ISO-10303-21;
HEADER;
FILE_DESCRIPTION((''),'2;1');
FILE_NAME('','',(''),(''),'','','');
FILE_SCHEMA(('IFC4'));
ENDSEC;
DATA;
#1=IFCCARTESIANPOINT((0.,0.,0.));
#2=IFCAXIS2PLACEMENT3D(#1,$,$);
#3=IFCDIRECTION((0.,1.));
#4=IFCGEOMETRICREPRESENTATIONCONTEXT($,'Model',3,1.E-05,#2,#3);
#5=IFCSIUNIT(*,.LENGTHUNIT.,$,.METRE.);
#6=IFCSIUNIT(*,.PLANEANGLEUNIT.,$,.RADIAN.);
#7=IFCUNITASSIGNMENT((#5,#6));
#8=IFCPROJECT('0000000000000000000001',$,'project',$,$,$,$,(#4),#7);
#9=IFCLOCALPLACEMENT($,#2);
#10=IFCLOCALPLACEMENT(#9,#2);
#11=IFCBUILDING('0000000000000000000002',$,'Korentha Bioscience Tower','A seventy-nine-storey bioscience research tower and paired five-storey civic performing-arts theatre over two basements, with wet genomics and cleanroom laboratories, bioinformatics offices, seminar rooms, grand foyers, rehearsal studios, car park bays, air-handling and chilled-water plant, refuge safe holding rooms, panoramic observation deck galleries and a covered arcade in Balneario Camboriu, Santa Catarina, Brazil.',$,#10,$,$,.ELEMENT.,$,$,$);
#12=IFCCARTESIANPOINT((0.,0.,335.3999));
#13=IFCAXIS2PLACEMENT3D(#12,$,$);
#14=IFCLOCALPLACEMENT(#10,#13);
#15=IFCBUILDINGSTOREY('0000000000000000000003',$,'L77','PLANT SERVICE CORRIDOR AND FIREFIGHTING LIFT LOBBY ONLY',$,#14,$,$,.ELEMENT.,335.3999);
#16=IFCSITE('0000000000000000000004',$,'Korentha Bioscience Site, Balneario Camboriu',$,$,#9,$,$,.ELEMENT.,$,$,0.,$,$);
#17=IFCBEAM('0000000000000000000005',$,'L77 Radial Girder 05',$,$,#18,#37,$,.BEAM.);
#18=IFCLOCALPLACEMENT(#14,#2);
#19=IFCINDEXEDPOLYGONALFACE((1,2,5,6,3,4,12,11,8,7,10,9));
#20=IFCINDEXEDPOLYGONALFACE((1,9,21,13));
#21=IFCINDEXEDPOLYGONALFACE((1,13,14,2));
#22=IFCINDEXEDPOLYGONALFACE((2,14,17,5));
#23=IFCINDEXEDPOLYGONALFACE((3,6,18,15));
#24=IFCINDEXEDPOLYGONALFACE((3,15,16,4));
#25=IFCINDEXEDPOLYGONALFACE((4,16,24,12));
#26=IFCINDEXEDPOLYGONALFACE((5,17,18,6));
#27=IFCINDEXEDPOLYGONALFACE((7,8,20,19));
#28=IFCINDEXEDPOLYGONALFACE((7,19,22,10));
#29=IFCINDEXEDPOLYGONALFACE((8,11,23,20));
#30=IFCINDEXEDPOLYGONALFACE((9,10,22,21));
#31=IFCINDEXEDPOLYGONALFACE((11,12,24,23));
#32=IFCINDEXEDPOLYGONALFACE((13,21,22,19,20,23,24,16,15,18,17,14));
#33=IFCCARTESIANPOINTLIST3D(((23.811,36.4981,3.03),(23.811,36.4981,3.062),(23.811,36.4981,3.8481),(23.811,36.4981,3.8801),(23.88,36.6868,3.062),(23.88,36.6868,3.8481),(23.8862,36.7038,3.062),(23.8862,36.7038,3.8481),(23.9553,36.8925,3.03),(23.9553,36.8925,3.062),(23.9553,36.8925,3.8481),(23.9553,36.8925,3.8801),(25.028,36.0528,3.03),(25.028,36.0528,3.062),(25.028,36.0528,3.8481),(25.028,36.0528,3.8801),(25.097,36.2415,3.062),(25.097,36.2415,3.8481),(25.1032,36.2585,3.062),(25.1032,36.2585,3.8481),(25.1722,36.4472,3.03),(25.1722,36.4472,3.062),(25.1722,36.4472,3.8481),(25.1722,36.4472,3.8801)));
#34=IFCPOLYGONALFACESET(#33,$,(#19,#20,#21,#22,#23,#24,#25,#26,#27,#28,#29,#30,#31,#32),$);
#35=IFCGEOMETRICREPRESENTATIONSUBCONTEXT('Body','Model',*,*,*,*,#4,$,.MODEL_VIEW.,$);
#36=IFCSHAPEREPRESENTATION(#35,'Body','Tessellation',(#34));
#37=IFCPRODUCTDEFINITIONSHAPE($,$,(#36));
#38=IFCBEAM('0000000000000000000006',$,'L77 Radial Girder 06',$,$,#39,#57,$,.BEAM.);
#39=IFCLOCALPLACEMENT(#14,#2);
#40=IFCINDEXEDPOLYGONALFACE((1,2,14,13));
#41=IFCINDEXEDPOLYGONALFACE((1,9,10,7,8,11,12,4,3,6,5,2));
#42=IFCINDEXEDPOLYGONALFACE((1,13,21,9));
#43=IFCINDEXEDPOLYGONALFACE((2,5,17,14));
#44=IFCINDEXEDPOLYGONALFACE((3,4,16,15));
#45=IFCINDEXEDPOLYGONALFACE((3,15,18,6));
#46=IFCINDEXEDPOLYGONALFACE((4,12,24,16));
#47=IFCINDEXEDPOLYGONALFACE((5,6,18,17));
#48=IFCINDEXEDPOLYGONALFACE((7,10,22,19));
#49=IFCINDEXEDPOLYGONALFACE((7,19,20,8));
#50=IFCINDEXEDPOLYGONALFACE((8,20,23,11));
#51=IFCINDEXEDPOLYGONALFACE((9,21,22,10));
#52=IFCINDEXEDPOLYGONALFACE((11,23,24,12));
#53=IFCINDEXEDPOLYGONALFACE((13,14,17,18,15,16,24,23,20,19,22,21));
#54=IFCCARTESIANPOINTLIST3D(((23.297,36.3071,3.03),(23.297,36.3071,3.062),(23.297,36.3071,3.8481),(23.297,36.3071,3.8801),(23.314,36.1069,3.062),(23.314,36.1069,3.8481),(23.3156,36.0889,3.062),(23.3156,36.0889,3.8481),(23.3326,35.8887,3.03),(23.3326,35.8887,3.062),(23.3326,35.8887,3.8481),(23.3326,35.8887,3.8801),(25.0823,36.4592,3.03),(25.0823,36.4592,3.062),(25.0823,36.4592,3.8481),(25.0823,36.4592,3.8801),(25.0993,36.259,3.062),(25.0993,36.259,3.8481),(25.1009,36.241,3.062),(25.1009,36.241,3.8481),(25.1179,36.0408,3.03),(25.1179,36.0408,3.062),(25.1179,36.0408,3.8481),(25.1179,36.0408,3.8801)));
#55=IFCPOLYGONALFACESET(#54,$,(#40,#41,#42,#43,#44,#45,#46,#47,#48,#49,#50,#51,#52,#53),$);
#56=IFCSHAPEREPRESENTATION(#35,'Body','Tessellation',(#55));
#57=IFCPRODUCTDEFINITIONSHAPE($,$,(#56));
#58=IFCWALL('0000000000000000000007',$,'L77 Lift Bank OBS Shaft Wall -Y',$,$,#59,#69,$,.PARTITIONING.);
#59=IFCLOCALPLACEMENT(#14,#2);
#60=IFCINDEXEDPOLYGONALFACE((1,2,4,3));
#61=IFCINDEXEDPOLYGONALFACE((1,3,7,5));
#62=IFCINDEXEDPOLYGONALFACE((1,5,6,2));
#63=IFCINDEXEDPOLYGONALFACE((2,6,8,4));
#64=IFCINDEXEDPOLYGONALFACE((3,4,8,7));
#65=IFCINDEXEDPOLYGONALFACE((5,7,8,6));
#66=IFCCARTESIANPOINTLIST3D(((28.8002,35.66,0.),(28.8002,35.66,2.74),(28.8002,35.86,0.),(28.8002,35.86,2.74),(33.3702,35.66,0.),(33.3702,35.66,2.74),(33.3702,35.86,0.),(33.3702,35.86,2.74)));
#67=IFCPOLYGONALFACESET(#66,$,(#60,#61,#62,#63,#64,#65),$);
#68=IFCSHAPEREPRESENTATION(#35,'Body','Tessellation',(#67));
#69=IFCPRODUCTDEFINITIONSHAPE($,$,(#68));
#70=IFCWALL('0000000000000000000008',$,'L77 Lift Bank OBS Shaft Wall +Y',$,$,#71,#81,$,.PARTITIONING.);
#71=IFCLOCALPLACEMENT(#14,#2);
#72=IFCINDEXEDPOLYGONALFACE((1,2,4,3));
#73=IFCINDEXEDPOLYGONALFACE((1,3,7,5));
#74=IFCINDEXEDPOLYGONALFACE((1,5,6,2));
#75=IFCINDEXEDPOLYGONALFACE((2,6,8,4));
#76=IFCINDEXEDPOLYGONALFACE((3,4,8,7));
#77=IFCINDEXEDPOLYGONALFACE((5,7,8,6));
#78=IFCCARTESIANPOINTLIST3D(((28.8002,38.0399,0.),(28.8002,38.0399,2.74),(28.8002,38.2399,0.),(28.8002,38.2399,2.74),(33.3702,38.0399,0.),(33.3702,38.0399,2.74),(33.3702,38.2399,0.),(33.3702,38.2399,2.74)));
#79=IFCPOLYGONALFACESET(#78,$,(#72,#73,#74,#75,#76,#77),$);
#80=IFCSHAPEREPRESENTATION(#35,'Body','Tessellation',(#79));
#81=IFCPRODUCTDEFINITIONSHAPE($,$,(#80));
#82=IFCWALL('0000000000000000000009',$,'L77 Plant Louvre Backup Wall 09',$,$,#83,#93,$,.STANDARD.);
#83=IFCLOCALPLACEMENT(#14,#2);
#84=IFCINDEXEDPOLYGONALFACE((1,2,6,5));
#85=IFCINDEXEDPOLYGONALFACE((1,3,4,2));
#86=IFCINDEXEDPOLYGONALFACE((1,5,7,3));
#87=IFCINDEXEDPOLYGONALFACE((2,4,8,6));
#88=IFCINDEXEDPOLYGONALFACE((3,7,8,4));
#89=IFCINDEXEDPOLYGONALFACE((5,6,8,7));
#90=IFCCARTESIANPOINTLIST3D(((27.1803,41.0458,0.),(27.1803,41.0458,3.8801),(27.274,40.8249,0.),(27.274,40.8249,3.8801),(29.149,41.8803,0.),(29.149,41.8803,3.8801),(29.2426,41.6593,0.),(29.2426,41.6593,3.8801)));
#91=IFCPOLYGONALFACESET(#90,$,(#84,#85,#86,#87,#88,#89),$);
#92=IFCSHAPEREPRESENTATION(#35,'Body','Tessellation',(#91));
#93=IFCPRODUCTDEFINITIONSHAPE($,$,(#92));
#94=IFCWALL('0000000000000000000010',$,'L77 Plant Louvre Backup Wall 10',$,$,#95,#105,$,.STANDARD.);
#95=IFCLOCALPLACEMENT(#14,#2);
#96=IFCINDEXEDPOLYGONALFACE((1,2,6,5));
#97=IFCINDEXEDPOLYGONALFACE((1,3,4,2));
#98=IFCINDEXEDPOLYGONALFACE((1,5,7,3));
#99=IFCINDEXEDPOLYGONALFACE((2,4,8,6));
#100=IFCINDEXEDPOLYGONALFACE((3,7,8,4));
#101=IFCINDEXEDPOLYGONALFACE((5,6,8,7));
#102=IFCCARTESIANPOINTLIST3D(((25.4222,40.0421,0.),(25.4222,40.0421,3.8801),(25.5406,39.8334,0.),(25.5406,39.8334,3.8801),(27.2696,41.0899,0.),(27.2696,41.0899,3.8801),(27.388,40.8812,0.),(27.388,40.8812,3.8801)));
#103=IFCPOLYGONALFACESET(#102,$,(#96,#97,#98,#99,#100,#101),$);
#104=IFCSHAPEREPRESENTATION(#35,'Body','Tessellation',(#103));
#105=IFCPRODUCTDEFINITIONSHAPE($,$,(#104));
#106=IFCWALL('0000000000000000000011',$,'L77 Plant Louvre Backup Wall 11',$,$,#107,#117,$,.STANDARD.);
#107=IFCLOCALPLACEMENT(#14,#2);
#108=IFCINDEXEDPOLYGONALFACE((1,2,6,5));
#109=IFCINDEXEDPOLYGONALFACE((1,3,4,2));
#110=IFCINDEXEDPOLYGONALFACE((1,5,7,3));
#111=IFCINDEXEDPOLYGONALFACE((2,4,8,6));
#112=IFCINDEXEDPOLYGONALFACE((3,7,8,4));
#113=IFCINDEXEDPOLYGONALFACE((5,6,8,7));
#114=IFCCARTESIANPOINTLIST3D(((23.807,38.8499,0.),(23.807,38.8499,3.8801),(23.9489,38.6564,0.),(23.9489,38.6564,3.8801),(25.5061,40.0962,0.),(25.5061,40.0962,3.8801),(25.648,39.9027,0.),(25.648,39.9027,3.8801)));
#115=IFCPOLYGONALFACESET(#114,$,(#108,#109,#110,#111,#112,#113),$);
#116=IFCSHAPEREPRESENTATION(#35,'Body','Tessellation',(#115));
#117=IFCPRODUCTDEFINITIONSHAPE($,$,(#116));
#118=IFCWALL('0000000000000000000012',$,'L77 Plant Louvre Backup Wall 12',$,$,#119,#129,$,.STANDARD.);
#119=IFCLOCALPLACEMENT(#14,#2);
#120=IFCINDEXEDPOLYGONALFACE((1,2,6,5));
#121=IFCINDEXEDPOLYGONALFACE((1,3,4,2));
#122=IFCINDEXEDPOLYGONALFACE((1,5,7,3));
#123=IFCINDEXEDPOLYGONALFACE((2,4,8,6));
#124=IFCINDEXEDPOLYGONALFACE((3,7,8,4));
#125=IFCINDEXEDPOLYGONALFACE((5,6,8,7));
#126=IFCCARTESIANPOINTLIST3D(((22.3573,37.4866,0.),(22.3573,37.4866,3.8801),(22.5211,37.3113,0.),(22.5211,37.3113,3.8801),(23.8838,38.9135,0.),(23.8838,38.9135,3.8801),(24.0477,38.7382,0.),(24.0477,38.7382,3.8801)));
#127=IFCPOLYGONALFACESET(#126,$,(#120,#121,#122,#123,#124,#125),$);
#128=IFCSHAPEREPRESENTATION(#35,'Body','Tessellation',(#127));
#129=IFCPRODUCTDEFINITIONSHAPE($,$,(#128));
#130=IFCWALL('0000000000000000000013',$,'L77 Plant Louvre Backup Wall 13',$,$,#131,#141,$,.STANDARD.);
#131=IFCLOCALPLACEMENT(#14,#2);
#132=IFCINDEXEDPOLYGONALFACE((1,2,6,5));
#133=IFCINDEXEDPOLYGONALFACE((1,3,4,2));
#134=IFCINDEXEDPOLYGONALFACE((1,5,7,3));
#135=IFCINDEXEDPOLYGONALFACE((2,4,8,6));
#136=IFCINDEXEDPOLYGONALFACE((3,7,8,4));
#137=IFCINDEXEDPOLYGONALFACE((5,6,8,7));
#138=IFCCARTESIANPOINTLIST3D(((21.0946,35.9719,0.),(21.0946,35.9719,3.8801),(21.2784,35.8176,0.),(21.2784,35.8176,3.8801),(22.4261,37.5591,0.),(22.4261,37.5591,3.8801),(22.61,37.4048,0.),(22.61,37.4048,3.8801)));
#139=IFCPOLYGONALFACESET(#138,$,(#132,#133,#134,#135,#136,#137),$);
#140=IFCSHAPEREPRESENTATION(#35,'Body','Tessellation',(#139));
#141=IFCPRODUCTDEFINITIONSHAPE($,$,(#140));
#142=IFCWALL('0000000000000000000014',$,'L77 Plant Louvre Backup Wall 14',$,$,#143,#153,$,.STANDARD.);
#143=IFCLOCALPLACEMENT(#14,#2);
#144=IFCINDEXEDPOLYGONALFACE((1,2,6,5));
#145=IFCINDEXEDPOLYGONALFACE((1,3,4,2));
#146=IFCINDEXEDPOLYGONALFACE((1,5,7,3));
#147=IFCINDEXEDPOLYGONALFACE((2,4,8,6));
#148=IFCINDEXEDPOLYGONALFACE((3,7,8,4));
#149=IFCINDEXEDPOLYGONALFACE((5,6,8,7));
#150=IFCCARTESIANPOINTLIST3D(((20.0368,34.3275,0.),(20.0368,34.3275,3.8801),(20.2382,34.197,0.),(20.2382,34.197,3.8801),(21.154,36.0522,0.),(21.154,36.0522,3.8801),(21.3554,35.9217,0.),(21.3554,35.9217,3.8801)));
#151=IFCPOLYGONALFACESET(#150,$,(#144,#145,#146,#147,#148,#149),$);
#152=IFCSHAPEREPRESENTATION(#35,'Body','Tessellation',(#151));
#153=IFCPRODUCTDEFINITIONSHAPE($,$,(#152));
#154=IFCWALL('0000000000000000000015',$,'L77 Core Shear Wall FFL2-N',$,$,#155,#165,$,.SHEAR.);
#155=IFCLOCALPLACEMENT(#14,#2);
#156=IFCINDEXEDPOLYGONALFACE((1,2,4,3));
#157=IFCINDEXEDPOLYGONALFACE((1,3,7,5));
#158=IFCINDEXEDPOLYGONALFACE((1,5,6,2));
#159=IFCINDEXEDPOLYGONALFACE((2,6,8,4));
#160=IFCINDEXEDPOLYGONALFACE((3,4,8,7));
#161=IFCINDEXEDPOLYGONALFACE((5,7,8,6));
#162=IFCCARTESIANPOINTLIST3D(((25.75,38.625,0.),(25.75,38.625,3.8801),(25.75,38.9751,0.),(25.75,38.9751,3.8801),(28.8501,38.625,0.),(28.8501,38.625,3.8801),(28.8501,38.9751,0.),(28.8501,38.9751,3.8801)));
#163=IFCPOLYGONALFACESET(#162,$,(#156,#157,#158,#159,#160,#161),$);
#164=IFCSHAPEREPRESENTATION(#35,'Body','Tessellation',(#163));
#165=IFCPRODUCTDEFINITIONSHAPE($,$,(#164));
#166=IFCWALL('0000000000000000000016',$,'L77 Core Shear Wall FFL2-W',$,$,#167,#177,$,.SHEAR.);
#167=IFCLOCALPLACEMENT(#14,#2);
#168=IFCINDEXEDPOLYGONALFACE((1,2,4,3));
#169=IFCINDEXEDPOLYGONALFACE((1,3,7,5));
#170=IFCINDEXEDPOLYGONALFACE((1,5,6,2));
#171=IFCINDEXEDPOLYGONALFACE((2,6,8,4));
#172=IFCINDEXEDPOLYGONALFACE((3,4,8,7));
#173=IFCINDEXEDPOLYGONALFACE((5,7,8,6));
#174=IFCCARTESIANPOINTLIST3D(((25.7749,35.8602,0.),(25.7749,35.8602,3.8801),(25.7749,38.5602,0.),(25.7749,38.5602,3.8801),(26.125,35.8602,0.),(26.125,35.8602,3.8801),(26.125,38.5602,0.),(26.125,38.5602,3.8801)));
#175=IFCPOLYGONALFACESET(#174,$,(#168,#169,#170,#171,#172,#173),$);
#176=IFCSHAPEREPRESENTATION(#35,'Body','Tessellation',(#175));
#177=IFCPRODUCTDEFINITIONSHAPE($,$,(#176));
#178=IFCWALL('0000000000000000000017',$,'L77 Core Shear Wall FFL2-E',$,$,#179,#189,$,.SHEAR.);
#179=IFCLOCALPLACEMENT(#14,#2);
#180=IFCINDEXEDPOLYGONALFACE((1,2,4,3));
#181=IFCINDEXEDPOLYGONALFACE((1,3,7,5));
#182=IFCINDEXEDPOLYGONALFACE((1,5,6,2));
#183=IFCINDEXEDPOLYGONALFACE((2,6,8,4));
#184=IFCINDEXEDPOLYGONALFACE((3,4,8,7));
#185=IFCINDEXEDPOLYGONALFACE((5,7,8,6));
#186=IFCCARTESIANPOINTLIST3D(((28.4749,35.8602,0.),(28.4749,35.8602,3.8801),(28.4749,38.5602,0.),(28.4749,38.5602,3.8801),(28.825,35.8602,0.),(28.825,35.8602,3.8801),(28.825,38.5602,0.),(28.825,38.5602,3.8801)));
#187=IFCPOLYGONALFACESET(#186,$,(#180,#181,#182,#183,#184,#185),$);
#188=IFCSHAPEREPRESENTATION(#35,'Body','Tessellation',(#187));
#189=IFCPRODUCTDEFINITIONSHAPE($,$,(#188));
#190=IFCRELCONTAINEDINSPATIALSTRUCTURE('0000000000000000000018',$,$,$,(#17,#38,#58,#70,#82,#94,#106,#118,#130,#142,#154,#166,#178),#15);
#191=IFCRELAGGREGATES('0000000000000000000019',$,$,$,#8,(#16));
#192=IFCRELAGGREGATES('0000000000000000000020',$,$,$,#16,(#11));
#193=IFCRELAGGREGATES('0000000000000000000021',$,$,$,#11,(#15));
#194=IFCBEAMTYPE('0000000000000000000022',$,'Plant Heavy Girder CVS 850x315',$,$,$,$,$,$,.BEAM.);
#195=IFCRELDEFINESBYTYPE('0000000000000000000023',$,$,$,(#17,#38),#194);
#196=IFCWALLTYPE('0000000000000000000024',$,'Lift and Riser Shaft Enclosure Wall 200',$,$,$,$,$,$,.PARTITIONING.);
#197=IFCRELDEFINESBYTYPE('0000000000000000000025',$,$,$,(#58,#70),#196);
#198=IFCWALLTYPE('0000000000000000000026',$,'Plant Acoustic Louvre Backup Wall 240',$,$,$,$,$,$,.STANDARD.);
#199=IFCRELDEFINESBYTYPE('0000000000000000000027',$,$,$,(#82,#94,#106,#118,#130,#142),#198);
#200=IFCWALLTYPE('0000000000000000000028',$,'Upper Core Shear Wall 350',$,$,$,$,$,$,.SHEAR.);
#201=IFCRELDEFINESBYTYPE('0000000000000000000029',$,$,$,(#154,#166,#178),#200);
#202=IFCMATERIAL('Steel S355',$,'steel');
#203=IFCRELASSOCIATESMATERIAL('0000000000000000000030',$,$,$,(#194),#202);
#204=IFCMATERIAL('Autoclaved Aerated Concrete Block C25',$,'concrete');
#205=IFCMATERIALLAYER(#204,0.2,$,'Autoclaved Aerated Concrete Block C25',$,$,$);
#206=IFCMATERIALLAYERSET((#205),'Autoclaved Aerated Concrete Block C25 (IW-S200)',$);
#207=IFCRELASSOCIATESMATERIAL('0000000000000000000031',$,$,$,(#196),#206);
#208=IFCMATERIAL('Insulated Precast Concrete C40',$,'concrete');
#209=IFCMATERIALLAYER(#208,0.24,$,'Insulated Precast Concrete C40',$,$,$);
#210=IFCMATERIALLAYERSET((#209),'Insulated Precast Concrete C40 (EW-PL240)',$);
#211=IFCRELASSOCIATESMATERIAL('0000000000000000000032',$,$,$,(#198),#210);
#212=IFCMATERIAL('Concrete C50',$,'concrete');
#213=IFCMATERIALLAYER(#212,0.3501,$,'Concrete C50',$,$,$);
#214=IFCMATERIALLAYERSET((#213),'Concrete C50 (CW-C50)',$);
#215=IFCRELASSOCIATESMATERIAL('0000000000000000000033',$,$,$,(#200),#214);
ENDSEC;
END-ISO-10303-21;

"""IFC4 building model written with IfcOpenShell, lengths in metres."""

from ifc_helpers import new_model, si_unit, direction, frame, frame_2d, origin, origin_2d, place, context, subcontext, project, spatial, rectangle, i_section, extrude, material, layer, layer_set, material_profile, profile_set, type_object, element, save


model = new_model("IFC4")

# Units and contexts
model_context = context("Model", 3, precision=1e-05, world=origin(), true_north=direction((0.0, 1.0)))
body_context = subcontext(model_context, "Body", "Model", "MODEL_VIEW")
ifc_project = project(units=[si_unit("LENGTHUNIT", "METRE"), si_unit("PLANEANGLEUNIT", "RADIAN")], contexts=[model_context])

# Site, building, storey
site_placement = place(None, origin())
site = spatial("IfcSite", under=ifc_project, at=site_placement, Name="Korentha Bioscience Site, Balneario Camboriu", CompositionType="ELEMENT", RefElevation=0.0)
building_placement = place(site_placement, origin())
building = spatial("IfcBuilding", under=site, at=building_placement, Name="Korentha Bioscience Tower", Description="A seventy-nine-storey bioscience research tower and paired five-storey civic performing-arts theatre over two basements, with wet genomics and cleanroom laboratories, bioinformatics offices, seminar rooms, grand foyers, rehearsal studios, car park bays, air-handling and chilled-water plant, refuge safe holding rooms, panoramic observation deck galleries and a covered arcade in Balneario Camboriu, Santa Catarina, Brazil.", CompositionType="ELEMENT")
storey_placement = place(building_placement, frame((0.0, 0.0, 335.3999)))
storey = spatial("IfcBuildingStorey", under=building, at=storey_placement, Name="L77", Description="PLANT SERVICE CORRIDOR AND FIREFIGHTING LIFT LOBBY ONLY", CompositionType="ELEMENT", Elevation=335.3999)

# Shared definitions
ifc_material_1 = material(Name="Concrete C50", Category="concrete")

# Beams
ifc_material_2 = material(Name="Steel S355", Category="steel")
ifc_material_profile_1 = material_profile(ifc_material_2, i_section(OverallWidth=0.4199, OverallDepth=0.8501, WebThickness=0.0181, FlangeThickness=0.032, at=origin_2d()), Name="Steel S355")
ifc_profile_set_1 = profile_set([ifc_material_profile_1], Name="Steel S355 (MB-850)")
beam_type_1 = type_object("IfcBeamType", Name="Plant Heavy Girder CVS 850x315", PredefinedType="BEAM", material=ifc_profile_set_1)
beam_1_placement = place(storey_placement, frame((25.1001, 36.25, 3.4551), z_axis=(-0.93911, 0.343618, 0.0), x_axis=(-0.343618, -0.93911, 0.0)))
element("IfcBeam", 1, at=beam_1_placement, inside=storey, type_object=beam_type_1, Name="L77 Radial Girder 05", PredefinedType="BEAM", context=body_context, shape_type="SweptSolid", body=[
    extrude(i_section(OverallWidth=0.4199, OverallDepth=0.8501, WebThickness=0.0181, FlangeThickness=0.032, at=origin_2d()), origin(), (0.0, 0.0, 1.0), 1.2959),
])
beam_2_placement = place(storey_placement, frame((25.1001, 36.25, 3.4551), z_axis=(-0.996391, -0.084883, 0.0), x_axis=(0.084883, -0.996391, 0.0)))
element("IfcBeam", 2, at=beam_2_placement, inside=storey, type_object=beam_type_1, Name="L77 Radial Girder 06", PredefinedType="BEAM", context=body_context, shape_type="SweptSolid", body=[
    extrude(i_section(OverallWidth=0.4199, OverallDepth=0.8501, WebThickness=0.0181, FlangeThickness=0.032, at=origin_2d()), origin(), (0.0, 0.0, 1.0), 1.7917),
])

# Walls
ifc_material_3 = material(Name="Autoclaved Aerated Concrete Block C25", Category="concrete")
ifc_layer_1 = layer(ifc_material_3, 0.2, Name="Autoclaved Aerated Concrete Block C25")
ifc_layer_set_1 = layer_set([ifc_layer_1], Name="Autoclaved Aerated Concrete Block C25 (IW-S200)")
wall_type_1 = type_object("IfcWallType", Name="Lift and Riser Shaft Enclosure Wall 200", PredefinedType="PARTITIONING", material=ifc_layer_set_1)
for number, where, z_axis, x_axis, name in (
    (3, (28.8, 35.76, 0.0), (0.0, 0.0, 1.0), (1.0, 0.0, 0.0), "L77 Lift Bank OBS Shaft Wall -Y"),
    (4, (28.8, 38.1399, 0.0), (0.0, 0.0, 1.0), (1.0, 0.0, 0.0), "L77 Lift Bank OBS Shaft Wall +Y"),
):
    element("IfcWall", number, at=place(storey_placement, frame(where, z_axis=z_axis, x_axis=x_axis)), inside=storey, type_object=wall_type_1, Name=name, PredefinedType="PARTITIONING", context=body_context, shape_type="SweptSolid", body=[
        extrude(rectangle(XDim=4.5701, YDim=0.2, at=frame_2d((2.2852, 0.0))), origin(), (0.0, 0.0, 1.0), 2.74),
    ])
ifc_material_4 = material(Name="Insulated Precast Concrete C40", Category="concrete")
ifc_layer_2 = layer(ifc_material_4, 0.24, Name="Insulated Precast Concrete C40")
ifc_layer_set_2 = layer_set([ifc_layer_2], Name="Insulated Precast Concrete C40 (EW-PL240)")
wall_type_2 = type_object("IfcWallType", Name="Plant Acoustic Louvre Backup Wall 240", PredefinedType="STANDARD", material=ifc_layer_set_2)
wall_1_placement = place(storey_placement, frame((29.1958, 41.7698, 0.0), z_axis=(0.0, 0.0, 1.0), x_axis=(-0.920709, -0.390251, 0.0)))
element("IfcWall", 5, at=wall_1_placement, inside=storey, type_object=wall_type_2, Name="L77 Plant Louvre Backup Wall 09", PredefinedType="STANDARD", context=body_context, shape_type="SweptSolid", body=[
    extrude(rectangle(XDim=2.1382, YDim=0.24, at=frame_2d((1.0691, 0.0))), origin(), (0.0, 0.0, 1.0), 3.8801),
])
wall_2_placement = place(storey_placement, frame((27.3289, 40.9856, 0.0), z_axis=(0.0, 0.0, 1.0), x_axis=(-0.869823, -0.493363, 0.0)))
element("IfcWall", 6, at=wall_2_placement, inside=storey, type_object=wall_type_2, Name="L77 Plant Louvre Backup Wall 10", PredefinedType="STANDARD", context=body_context, shape_type="SweptSolid", body=[
    extrude(rectangle(XDim=2.1238, YDim=0.24, at=frame_2d((1.062, 0.0))), origin(), (0.0, 0.0, 1.0), 3.8801),
])
wall_3_placement = place(storey_placement, frame((25.5771, 39.9995, 0.0), z_axis=(0.0, 0.0, 1.0), x_axis=(-0.80635, -0.591439, 0.0)))
element("IfcWall", 7, at=wall_3_placement, inside=storey, type_object=wall_type_2, Name="L77 Plant Louvre Backup Wall 11", PredefinedType="STANDARD", context=body_context, shape_type="SweptSolid", body=[
    extrude(rectangle(XDim=2.1072, YDim=0.24, at=frame_2d((1.0537, 0.0))), origin(), (0.0, 0.0, 1.0), 3.8801),
])
wall_4_placement = place(storey_placement, frame((23.9658, 38.8259, 0.0), z_axis=(0.0, 0.0, 1.0), x_axis=(-0.730538, -0.682872, 0.0)))
element("IfcWall", 8, at=wall_4_placement, inside=storey, type_object=wall_type_2, Name="L77 Plant Louvre Backup Wall 12", PredefinedType="STANDARD", context=body_context, shape_type="SweptSolid", body=[
    extrude(rectangle(XDim=2.0896, YDim=0.24, at=frame_2d((1.0449, 0.0))), origin(), (0.0, 0.0, 1.0), 3.8801),
])
wall_5_placement = place(storey_placement, frame((22.5181, 37.4819, 0.0), z_axis=(0.0, 0.0, 1.0), x_axis=(-0.642719, -0.766102, 0.0)))
element("IfcWall", 9, at=wall_5_placement, inside=storey, type_object=wall_type_2, Name="L77 Plant Louvre Backup Wall 13", PredefinedType="STANDARD", context=body_context, shape_type="SweptSolid", body=[
    extrude(rectangle(XDim=2.0718, YDim=0.24, at=frame_2d((1.0359, 0.0))), origin(), (0.0, 0.0, 1.0), 3.8801),
])
wall_6_placement = place(storey_placement, frame((21.2546, 35.9868, 0.0), z_axis=(0.0, 0.0, 1.0), x_axis=(-0.543685, -0.83929, 0.0)))
element("IfcWall", 10, at=wall_6_placement, inside=storey, type_object=wall_type_2, Name="L77 Plant Louvre Backup Wall 14", PredefinedType="STANDARD", context=body_context, shape_type="SweptSolid", body=[
    extrude(rectangle(XDim=2.0549, YDim=0.24, at=frame_2d((1.0273, 0.0))), origin(), (0.0, 0.0, 1.0), 3.8801),
])
ifc_layer_3 = layer(ifc_material_1, 0.3501, Name="Concrete C50")
ifc_layer_set_3 = layer_set([ifc_layer_3], Name="Concrete C50 (CW-C50)")
wall_type_3 = type_object("IfcWallType", Name="Upper Core Shear Wall 350", PredefinedType="SHEAR", material=ifc_layer_set_3)
wall_7_placement = place(storey_placement, frame((25.75, 38.8, 0.0), z_axis=(0.0, 0.0, 1.0), x_axis=(1.0, 0.0, 0.0)))
element("IfcWall", 11, at=wall_7_placement, inside=storey, type_object=wall_type_3, Name="L77 Core Shear Wall FFL2-N", PredefinedType="SHEAR", context=body_context, shape_type="SweptSolid", body=[
    extrude(rectangle(XDim=3.1001, YDim=0.3501, at=frame_2d((1.55, 0.0))), origin(), (0.0, 0.0, 1.0), 3.8801),
])
for number, where, z_axis, x_axis, name in (
    (12, (25.95, 35.8601, 0.0), (0.0, 0.0, 1.0), (0.0, 1.0, 0.0), "L77 Core Shear Wall FFL2-W"),
    (13, (28.6499, 35.8601, 0.0), (0.0, 0.0, 1.0), (0.0, 1.0, 0.0), "L77 Core Shear Wall FFL2-E"),
):
    element("IfcWall", number, at=place(storey_placement, frame(where, z_axis=z_axis, x_axis=x_axis)), inside=storey, type_object=wall_type_3, Name=name, PredefinedType="SHEAR", context=body_context, shape_type="SweptSolid", body=[
        extrude(rectangle(XDim=2.7, YDim=0.3501, at=frame_2d((1.3501, 0.0))), origin(), (0.0, 0.0, 1.0), 3.8801),
    ])

save(model, "model.ifc")
